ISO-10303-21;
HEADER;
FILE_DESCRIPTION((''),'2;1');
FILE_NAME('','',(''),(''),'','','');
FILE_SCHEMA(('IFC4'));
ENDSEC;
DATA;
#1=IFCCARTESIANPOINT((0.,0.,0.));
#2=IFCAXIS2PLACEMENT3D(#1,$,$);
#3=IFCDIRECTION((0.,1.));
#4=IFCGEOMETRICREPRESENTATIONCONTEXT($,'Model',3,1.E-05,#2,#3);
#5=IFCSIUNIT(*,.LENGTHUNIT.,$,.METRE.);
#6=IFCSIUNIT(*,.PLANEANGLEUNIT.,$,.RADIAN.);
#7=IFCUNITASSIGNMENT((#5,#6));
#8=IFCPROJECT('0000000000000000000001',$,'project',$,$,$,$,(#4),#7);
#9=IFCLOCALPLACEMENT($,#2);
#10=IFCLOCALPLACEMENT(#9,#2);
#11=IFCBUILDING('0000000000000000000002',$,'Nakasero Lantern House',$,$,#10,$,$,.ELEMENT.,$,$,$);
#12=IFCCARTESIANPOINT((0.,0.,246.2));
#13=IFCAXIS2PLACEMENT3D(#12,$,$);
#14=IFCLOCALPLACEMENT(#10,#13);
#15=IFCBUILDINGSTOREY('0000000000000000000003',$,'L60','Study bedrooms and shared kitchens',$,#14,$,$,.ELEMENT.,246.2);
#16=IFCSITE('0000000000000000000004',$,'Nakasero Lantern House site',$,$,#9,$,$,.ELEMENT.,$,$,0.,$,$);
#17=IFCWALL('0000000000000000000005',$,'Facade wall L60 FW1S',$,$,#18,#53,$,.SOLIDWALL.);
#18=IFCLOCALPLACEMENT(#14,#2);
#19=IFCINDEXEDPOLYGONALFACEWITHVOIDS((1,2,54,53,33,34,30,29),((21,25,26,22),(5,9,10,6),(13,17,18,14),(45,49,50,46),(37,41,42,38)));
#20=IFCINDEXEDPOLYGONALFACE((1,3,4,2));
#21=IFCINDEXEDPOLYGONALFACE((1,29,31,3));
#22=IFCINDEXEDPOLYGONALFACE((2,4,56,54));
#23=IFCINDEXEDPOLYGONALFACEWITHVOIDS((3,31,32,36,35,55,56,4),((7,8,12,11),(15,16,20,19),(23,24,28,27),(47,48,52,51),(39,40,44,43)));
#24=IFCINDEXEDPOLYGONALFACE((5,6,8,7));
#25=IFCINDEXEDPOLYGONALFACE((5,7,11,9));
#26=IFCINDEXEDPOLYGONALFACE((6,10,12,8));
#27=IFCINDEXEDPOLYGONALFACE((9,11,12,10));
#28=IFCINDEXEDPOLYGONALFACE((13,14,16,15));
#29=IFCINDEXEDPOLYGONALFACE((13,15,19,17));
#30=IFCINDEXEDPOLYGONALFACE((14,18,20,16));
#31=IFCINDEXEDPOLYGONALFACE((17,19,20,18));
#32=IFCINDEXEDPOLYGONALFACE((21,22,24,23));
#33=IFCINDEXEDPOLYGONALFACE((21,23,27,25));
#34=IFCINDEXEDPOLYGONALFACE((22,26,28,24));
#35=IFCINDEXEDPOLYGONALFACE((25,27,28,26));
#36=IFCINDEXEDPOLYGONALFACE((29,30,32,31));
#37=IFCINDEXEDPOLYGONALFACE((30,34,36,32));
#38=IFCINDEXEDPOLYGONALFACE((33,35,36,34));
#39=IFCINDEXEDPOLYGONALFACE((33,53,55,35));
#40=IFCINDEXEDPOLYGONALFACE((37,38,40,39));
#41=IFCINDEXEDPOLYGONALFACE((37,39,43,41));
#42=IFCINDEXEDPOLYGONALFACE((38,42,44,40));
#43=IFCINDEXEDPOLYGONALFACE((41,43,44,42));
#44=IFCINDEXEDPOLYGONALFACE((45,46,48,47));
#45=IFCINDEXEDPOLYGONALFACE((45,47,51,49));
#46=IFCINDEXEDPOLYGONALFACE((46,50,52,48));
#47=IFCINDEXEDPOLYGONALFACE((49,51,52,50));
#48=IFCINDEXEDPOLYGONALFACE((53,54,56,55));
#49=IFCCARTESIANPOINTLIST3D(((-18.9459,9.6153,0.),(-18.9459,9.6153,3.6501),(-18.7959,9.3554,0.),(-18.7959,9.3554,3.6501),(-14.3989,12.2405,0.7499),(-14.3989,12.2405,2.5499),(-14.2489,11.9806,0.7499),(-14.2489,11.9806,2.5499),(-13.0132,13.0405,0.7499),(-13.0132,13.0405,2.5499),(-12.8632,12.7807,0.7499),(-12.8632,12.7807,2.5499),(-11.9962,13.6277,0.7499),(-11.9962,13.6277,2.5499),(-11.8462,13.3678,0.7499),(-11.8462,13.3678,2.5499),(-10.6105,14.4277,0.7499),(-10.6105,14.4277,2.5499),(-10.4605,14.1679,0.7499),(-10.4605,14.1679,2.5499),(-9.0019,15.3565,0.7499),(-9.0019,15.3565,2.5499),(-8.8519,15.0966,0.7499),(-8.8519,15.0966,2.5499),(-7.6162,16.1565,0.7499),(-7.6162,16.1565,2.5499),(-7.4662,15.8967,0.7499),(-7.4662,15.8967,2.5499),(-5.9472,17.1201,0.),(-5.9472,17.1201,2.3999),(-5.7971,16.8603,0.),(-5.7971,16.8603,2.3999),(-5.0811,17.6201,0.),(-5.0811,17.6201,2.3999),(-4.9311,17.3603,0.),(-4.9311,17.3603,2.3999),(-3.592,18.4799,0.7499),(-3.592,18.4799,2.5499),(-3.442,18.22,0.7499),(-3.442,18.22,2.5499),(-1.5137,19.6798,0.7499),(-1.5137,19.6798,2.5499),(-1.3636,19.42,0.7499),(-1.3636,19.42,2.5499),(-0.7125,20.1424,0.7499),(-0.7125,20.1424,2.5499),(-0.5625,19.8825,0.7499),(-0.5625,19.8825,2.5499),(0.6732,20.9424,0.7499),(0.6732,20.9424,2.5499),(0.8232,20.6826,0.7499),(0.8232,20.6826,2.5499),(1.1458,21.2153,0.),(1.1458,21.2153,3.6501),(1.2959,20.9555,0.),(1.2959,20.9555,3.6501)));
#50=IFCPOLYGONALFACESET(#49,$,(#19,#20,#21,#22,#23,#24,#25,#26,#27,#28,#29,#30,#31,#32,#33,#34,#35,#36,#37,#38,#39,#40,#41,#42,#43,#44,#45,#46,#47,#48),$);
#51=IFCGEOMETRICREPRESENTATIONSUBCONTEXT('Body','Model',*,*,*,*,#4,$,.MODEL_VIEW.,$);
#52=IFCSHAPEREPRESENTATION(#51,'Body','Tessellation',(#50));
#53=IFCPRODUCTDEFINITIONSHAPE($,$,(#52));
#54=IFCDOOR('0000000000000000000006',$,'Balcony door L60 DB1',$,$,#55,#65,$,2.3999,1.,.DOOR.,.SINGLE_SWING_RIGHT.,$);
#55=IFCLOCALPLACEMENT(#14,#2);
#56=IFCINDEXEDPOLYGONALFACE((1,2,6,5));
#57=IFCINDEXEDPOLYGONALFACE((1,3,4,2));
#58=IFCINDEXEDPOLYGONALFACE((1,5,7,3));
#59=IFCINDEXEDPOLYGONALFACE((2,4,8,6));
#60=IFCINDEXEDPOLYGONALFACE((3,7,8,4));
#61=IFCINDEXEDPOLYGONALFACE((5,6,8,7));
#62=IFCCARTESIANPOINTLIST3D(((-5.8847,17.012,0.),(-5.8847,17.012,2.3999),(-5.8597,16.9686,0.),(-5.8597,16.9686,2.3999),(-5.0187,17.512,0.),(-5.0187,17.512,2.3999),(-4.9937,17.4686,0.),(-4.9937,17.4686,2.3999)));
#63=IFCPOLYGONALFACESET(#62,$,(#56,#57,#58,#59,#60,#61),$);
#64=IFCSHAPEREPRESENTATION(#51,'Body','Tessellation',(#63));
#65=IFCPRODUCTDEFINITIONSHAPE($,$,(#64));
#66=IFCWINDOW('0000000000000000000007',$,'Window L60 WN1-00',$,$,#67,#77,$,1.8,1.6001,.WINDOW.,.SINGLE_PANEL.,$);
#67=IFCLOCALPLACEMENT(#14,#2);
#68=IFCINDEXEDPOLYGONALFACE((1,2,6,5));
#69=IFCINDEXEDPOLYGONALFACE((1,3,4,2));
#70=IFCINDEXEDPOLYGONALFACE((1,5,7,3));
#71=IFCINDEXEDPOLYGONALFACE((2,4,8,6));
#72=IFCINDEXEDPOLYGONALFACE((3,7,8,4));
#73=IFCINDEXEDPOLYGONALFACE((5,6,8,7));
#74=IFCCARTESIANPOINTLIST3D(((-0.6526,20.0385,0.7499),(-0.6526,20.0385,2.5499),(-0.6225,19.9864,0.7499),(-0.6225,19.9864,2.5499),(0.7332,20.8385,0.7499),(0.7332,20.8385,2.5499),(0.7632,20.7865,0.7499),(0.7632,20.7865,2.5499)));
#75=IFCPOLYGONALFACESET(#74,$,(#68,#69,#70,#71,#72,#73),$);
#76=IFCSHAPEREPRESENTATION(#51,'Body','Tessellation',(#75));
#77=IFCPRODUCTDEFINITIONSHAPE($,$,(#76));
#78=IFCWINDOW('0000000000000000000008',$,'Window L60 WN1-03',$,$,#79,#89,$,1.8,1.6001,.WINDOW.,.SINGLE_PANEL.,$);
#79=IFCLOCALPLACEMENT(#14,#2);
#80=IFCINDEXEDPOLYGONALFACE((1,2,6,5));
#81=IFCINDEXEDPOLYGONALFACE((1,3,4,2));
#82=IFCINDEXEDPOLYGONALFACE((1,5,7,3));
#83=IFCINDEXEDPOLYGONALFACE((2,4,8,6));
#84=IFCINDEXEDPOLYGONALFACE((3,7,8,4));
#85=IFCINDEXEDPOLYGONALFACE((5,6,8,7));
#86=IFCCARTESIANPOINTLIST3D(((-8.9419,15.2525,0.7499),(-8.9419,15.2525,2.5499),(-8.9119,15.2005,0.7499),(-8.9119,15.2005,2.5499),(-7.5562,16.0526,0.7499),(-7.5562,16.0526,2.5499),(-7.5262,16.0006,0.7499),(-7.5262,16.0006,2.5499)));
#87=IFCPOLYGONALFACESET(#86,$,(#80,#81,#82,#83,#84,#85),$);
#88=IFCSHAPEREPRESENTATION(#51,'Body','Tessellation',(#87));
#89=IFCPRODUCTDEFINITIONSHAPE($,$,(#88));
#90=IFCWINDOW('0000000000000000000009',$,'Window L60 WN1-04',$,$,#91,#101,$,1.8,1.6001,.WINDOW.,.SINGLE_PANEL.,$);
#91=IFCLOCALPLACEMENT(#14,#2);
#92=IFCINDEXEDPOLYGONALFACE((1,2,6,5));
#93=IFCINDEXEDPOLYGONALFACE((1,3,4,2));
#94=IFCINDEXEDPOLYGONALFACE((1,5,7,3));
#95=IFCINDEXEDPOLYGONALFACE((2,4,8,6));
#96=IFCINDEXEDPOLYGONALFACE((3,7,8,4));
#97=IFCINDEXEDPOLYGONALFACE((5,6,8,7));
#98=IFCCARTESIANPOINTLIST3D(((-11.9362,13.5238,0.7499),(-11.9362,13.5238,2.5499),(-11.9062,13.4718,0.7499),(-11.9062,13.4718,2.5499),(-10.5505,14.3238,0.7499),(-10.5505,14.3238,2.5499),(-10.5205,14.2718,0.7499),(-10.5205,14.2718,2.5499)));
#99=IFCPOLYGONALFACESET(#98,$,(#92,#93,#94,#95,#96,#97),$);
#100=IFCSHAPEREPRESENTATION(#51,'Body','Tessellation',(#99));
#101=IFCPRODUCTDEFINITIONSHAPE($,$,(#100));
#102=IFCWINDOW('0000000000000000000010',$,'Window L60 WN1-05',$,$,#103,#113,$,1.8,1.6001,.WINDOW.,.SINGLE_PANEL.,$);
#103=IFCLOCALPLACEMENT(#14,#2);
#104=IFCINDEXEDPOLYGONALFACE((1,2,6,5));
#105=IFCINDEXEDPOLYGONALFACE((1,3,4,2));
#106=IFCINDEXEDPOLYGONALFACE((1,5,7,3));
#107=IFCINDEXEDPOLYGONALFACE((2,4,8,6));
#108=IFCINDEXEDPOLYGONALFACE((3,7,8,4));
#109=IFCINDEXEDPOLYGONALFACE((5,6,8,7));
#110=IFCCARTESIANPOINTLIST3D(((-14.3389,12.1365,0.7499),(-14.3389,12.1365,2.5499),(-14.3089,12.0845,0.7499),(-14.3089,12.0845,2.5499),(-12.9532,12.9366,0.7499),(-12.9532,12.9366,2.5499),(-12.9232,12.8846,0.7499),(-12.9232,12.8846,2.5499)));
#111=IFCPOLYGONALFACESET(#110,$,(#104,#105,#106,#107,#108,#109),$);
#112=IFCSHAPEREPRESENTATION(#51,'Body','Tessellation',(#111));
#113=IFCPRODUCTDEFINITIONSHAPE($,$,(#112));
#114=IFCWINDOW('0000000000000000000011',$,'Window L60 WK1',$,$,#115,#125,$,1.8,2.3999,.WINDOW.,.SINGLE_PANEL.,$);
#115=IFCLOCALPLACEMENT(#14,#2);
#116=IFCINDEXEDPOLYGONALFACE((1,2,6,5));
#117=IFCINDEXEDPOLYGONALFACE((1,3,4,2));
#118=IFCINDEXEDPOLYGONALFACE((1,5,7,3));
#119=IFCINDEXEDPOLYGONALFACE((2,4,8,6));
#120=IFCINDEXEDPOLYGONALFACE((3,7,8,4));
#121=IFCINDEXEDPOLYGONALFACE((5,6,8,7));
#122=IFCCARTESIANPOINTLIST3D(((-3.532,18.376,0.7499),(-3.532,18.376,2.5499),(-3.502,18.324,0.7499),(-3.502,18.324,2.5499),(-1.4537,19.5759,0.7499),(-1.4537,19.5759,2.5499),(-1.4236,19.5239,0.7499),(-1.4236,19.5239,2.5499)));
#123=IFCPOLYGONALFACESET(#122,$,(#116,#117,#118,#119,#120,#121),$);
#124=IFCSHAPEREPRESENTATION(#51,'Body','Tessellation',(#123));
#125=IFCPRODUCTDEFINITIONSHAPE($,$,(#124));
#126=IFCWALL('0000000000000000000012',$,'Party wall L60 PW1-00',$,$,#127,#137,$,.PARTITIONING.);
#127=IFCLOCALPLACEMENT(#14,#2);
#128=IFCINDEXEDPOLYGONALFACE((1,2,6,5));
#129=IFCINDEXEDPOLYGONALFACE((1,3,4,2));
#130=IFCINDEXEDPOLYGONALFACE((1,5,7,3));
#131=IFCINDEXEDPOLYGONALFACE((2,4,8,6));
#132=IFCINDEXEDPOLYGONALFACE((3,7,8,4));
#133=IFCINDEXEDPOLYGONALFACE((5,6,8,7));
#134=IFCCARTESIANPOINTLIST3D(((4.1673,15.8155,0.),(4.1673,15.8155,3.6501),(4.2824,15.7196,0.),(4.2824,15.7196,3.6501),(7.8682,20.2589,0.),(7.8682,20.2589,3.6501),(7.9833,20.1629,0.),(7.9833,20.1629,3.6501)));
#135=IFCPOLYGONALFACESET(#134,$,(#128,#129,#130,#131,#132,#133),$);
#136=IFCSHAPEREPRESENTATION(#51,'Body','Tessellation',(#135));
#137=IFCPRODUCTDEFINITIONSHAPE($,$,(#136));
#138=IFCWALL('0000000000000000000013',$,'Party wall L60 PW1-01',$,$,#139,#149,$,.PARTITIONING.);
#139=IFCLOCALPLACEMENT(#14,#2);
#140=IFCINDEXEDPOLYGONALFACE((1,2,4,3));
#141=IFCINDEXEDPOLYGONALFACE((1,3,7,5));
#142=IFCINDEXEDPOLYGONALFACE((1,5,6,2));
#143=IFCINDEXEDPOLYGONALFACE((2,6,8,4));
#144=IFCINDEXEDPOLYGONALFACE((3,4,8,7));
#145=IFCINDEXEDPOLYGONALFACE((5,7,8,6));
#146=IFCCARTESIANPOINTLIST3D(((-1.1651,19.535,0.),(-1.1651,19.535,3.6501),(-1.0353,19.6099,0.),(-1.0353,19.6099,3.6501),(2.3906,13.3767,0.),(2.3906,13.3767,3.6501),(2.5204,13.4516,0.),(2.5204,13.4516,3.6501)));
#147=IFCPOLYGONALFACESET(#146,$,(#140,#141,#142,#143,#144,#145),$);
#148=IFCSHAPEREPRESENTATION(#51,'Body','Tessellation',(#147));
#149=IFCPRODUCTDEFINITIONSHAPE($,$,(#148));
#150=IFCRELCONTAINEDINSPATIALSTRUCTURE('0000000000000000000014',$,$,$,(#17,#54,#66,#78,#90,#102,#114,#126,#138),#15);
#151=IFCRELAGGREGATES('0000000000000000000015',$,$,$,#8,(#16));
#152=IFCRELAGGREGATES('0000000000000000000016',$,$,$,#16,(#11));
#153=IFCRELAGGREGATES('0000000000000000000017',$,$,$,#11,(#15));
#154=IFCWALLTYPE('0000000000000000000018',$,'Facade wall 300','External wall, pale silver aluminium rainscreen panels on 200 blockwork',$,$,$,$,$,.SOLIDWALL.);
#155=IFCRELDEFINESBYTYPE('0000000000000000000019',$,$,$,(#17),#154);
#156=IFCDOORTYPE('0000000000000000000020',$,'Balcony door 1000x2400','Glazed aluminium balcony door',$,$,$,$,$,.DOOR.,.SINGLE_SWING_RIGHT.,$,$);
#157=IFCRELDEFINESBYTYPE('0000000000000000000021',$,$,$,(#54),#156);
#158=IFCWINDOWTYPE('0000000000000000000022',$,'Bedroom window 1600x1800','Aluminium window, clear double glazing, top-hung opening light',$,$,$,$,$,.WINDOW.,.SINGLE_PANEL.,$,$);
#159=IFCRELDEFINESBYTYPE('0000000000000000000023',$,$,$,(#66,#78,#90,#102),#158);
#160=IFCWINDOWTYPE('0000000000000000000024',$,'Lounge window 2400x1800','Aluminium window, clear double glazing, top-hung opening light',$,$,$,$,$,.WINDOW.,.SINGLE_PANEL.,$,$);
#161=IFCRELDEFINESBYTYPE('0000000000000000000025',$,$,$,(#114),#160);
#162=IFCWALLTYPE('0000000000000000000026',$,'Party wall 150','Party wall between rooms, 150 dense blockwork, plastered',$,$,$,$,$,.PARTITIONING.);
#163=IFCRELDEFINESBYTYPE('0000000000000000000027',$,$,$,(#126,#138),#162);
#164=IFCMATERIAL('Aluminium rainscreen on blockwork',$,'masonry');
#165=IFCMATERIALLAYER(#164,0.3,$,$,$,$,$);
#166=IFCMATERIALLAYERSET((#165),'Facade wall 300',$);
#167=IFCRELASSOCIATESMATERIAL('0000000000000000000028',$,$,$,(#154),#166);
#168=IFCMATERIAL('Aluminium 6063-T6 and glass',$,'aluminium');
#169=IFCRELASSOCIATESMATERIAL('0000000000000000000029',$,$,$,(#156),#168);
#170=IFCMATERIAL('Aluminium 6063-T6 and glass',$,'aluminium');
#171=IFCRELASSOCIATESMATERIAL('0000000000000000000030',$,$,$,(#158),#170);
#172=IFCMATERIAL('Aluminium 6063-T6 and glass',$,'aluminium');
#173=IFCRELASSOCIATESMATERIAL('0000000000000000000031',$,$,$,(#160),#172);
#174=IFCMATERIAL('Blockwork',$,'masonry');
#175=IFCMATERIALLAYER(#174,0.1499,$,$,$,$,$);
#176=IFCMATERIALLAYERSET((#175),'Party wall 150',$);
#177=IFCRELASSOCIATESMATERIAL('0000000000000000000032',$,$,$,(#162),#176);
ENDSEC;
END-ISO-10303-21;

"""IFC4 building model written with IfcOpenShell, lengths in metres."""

from ifc_helpers import new_model, si_unit, direction, frame, frame_2d, origin, place, context, subcontext, project, spatial, rectangle, extrude, material, layer, layer_set, type_object, element, fill, save


model = new_model("IFC4")

# Units and contexts
model_context = context("Model", 3, precision=1e-05, world=origin(), true_north=direction((0.0, 1.0)))
body_context = subcontext(model_context, "Body", "Model", "MODEL_VIEW")
ifc_project = project(units=[si_unit("LENGTHUNIT", "METRE"), si_unit("PLANEANGLEUNIT", "RADIAN")], contexts=[model_context])

# Site, building, storey
site_placement = place(None, origin())
site = spatial("IfcSite", under=ifc_project, at=site_placement, Name="Nakasero Lantern House site", CompositionType="ELEMENT", RefElevation=0.0)
building_placement = place(site_placement, origin())
building = spatial("IfcBuilding", under=site, at=building_placement, Name="Nakasero Lantern House", CompositionType="ELEMENT")
storey_placement = place(building_placement, frame((0.0, 0.0, 246.2)))
storey = spatial("IfcBuildingStorey", under=building, at=storey_placement, Name="L60", Description="Study bedrooms and shared kitchens", CompositionType="ELEMENT", Elevation=246.2)

# Shared definitions
ifc_material_1 = material(Name="Aluminium rainscreen on blockwork", Category="masonry")
ifc_layer_1 = layer(ifc_material_1, 0.3)
ifc_layer_set_1 = layer_set([ifc_layer_1], Name="Facade wall 300")
wall_type_1 = type_object("IfcWallType", Name="Facade wall 300", Description="External wall, pale silver aluminium rainscreen panels on 200 blockwork", PredefinedType="SOLIDWALL", material=ifc_layer_set_1)

# Wall, openings, door, windows
wall_1_placement = place(storey_placement, frame((1.2209, 21.0854, 0.0), z_axis=(0.0, 0.0, 1.0), x_axis=(-0.866024, -0.500003, 0.0)))
wall_1 = element("IfcWall", 1, at=wall_1_placement, inside=storey, type_object=wall_type_1, Name="Facade wall L60 FW1S", PredefinedType="SOLIDWALL", context=body_context, shape_type="SweptSolid", body=[
    extrude(rectangle(XDim=23.2, YDim=0.3, at=frame_2d((11.6001, 0.0))), origin(), (0.0, 0.0, 1.0), 3.6501),
])
opening_1_placement = place(wall_1_placement, frame((0.5459, 0.0, 0.75)))
opening_1 = element("IfcOpeningElement", 2, at=opening_1_placement, cuts=wall_1, PredefinedType="OPENING", context=body_context, shape_type="SweptSolid", body=[
    extrude(rectangle(XDim=1.6001, YDim=1.8, at=frame_2d((0.8, 0.8999))), frame((0.0, 0.1699, 0.0), z_axis=(0.0, -1.0, 0.0), x_axis=(1.0, 0.0, 0.0)), (0.0, 0.0, 1.0), 0.3401),
])
opening_2_placement = place(wall_1_placement, frame((10.1177, 0.0, 0.75)))
opening_2 = element("IfcOpeningElement", 3, at=opening_2_placement, cuts=wall_1, PredefinedType="OPENING", context=body_context, shape_type="SweptSolid", body=[
    extrude(rectangle(XDim=1.6001, YDim=1.8, at=frame_2d((0.8, 0.8999))), frame((0.0, 0.1699, 0.0), z_axis=(0.0, -1.0, 0.0), x_axis=(1.0, 0.0, 0.0)), (0.0, 0.0, 1.0), 0.3401),
])
opening_3_placement = place(wall_1_placement, frame((13.5752, 0.0, 0.75)))
opening_3 = element("IfcOpeningElement", 4, at=opening_3_placement, cuts=wall_1, PredefinedType="OPENING", context=body_context, shape_type="SweptSolid", body=[
    extrude(rectangle(XDim=1.6001, YDim=1.8, at=frame_2d((0.8, 0.8999))), frame((0.0, 0.1699, 0.0), z_axis=(0.0, -1.0, 0.0), x_axis=(1.0, 0.0, 0.0)), (0.0, 0.0, 1.0), 0.3401),
])
opening_4_placement = place(wall_1_placement, frame((16.3496, 0.0, 0.75)))
opening_4 = element("IfcOpeningElement", 5, at=opening_4_placement, cuts=wall_1, PredefinedType="OPENING", context=body_context, shape_type="SweptSolid", body=[
    extrude(rectangle(XDim=1.6001, YDim=1.8, at=frame_2d((0.8, 0.8999))), frame((0.0, 0.1699, 0.0), z_axis=(0.0, -1.0, 0.0), x_axis=(1.0, 0.0, 0.0)), (0.0, 0.0, 1.0), 0.3401),
])
opening_5_placement = place(wall_1_placement, frame((3.071, 0.0, 0.75)))
opening_5 = element("IfcOpeningElement", 6, at=opening_5_placement, cuts=wall_1, PredefinedType="OPENING", context=body_context, shape_type="SweptSolid", body=[
    extrude(rectangle(XDim=2.3999, YDim=1.8, at=frame_2d((1.2, 0.8999))), frame((0.0, 0.1699, 0.0), z_axis=(0.0, -1.0, 0.0), x_axis=(1.0, 0.0, 0.0)), (0.0, 0.0, 1.0), 0.3401),
])
opening_6_placement = place(wall_1_placement, frame((7.1904, 0.0, 0.0)))
opening_6 = element("IfcOpeningElement", 7, at=opening_6_placement, cuts=wall_1, PredefinedType="OPENING", context=body_context, shape_type="SweptSolid", body=[
    extrude(rectangle(XDim=1.0, YDim=2.3999, at=frame_2d((0.5, 1.2))), frame((0.0, 0.1699, 0.0), z_axis=(0.0, -1.0, 0.0), x_axis=(1.0, 0.0, 0.0)), (0.0, 0.0, 1.0), 0.3401),
])
ifc_material_2 = material(Name="Aluminium 6063-T6 and glass", Category="aluminium")
door_type_1 = type_object("IfcDoorType", Name="Balcony door 1000x2400", Description="Glazed aluminium balcony door", OperationType="SINGLE_SWING_RIGHT", PredefinedType="DOOR", material=ifc_material_2)
door_1_placement = place(opening_6_placement, origin())
door_1 = element("IfcDoor", 8, at=door_1_placement, inside=storey, type_object=door_type_1, Name="Balcony door L60 DB1", OperationType="SINGLE_SWING_RIGHT", OverallHeight=2.3999, OverallWidth=1.0, PredefinedType="DOOR", context=body_context, shape_type="SweptSolid", body=[
    extrude(rectangle(XDim=1.0, YDim=2.3999, at=frame_2d((0.5, 1.2))), frame((0.0, 0.0249, 0.0), z_axis=(0.0, -1.0, 0.0), x_axis=(1.0, 0.0, 0.0)), (0.0, 0.0, 1.0), 0.05),
])
fill(opening_6, door_1)
ifc_material_3 = material(Name="Aluminium 6063-T6 and glass", Category="aluminium")
window_type_1 = type_object("IfcWindowType", Name="Bedroom window 1600x1800", Description="Aluminium window, clear double glazing, top-hung opening light", PartitioningType="SINGLE_PANEL", PredefinedType="WINDOW", material=ifc_material_3)
window_1_placement = place(opening_1_placement, origin())
window_1 = element("IfcWindow", 9, at=window_1_placement, inside=storey, type_object=window_type_1, Name="Window L60 WN1-00", OverallHeight=1.8, OverallWidth=1.6001, PartitioningType="SINGLE_PANEL", PredefinedType="WINDOW", context=body_context, shape_type="SweptSolid", body=[
    extrude(rectangle(XDim=1.6001, YDim=1.8, at=frame_2d((0.8, 0.8999))), frame((0.0, 0.03, 0.0), z_axis=(0.0, -1.0, 0.0), x_axis=(1.0, 0.0, 0.0)), (0.0, 0.0, 1.0), 0.0601),
])
fill(opening_1, window_1)
window_2_placement = place(opening_2_placement, origin())
window_2 = element("IfcWindow", 10, at=window_2_placement, inside=storey, type_object=window_type_1, Name="Window L60 WN1-03", OverallHeight=1.8, OverallWidth=1.6001, PartitioningType="SINGLE_PANEL", PredefinedType="WINDOW", context=body_context, shape_type="SweptSolid", body=[
    extrude(rectangle(XDim=1.6001, YDim=1.8, at=frame_2d((0.8, 0.8999))), frame((0.0, 0.03, 0.0), z_axis=(0.0, -1.0, 0.0), x_axis=(1.0, 0.0, 0.0)), (0.0, 0.0, 1.0), 0.0601),
])
fill(opening_2, window_2)
window_3_placement = place(opening_3_placement, origin())
window_3 = element("IfcWindow", 11, at=window_3_placement, inside=storey, type_object=window_type_1, Name="Window L60 WN1-04", OverallHeight=1.8, OverallWidth=1.6001, PartitioningType="SINGLE_PANEL", PredefinedType="WINDOW", context=body_context, shape_type="SweptSolid", body=[
    extrude(rectangle(XDim=1.6001, YDim=1.8, at=frame_2d((0.8, 0.8999))), frame((0.0, 0.03, 0.0), z_axis=(0.0, -1.0, 0.0), x_axis=(1.0, 0.0, 0.0)), (0.0, 0.0, 1.0), 0.0601),
])
fill(opening_3, window_3)
window_4_placement = place(opening_4_placement, origin())
window_4 = element("IfcWindow", 12, at=window_4_placement, inside=storey, type_object=window_type_1, Name="Window L60 WN1-05", OverallHeight=1.8, OverallWidth=1.6001, PartitioningType="SINGLE_PANEL", PredefinedType="WINDOW", context=body_context, shape_type="SweptSolid", body=[
    extrude(rectangle(XDim=1.6001, YDim=1.8, at=frame_2d((0.8, 0.8999))), frame((0.0, 0.03, 0.0), z_axis=(0.0, -1.0, 0.0), x_axis=(1.0, 0.0, 0.0)), (0.0, 0.0, 1.0), 0.0601),
])
fill(opening_4, window_4)
ifc_material_4 = material(Name="Aluminium 6063-T6 and glass", Category="aluminium")
window_type_2 = type_object("IfcWindowType", Name="Lounge window 2400x1800", Description="Aluminium window, clear double glazing, top-hung opening light", PartitioningType="SINGLE_PANEL", PredefinedType="WINDOW", material=ifc_material_4)
window_5_placement = place(opening_5_placement, origin())
window_5 = element("IfcWindow", 13, at=window_5_placement, inside=storey, type_object=window_type_2, Name="Window L60 WK1", OverallHeight=1.8, OverallWidth=2.3999, PartitioningType="SINGLE_PANEL", PredefinedType="WINDOW", context=body_context, shape_type="SweptSolid", body=[
    extrude(rectangle(XDim=2.3999, YDim=1.8, at=frame_2d((1.2, 0.8999))), frame((0.0, 0.03, 0.0), z_axis=(0.0, -1.0, 0.0), x_axis=(1.0, 0.0, 0.0)), (0.0, 0.0, 1.0), 0.0601),
])
fill(opening_5, window_5)

# Walls
ifc_material_5 = material(Name="Blockwork", Category="masonry")
ifc_layer_2 = layer(ifc_material_5, 0.1499)
ifc_layer_set_2 = layer_set([ifc_layer_2], Name="Party wall 150")
wall_type_2 = type_object("IfcWallType", Name="Party wall 150", Description="Party wall between rooms, 150 dense blockwork, plastered", PredefinedType="PARTITIONING", material=ifc_layer_set_2)
wall_2_placement = place(storey_placement, frame((4.2249, 15.7676, 0.0), z_axis=(0.0, 0.0, 1.0), x_axis=(0.639993, 0.76838, 0.0)))
element("IfcWall", 14, at=wall_2_placement, inside=storey, type_object=wall_type_2, Name="Party wall L60 PW1-00", PredefinedType="PARTITIONING", context=body_context, shape_type="SweptSolid", body=[
    extrude(rectangle(XDim=5.7827, YDim=0.1499, at=frame_2d((2.8914, 0.0))), origin(), (0.0, 0.0, 1.0), 3.6501),
])
wall_3_placement = place(storey_placement, frame((2.4556, 13.4141, 0.0), z_axis=(0.0, 0.0, 1.0), x_axis=(-0.500024, 0.866012, 0.0)))
element("IfcWall", 15, at=wall_3_placement, inside=storey, type_object=wall_type_2, Name="Party wall L60 PW1-01", PredefinedType="PARTITIONING", context=body_context, shape_type="SweptSolid", body=[
    extrude(rectangle(XDim=7.1111, YDim=0.1499, at=frame_2d((3.5557, 0.0))), origin(), (0.0, 0.0, 1.0), 3.6501),
])

save(model, "model.ifc")
